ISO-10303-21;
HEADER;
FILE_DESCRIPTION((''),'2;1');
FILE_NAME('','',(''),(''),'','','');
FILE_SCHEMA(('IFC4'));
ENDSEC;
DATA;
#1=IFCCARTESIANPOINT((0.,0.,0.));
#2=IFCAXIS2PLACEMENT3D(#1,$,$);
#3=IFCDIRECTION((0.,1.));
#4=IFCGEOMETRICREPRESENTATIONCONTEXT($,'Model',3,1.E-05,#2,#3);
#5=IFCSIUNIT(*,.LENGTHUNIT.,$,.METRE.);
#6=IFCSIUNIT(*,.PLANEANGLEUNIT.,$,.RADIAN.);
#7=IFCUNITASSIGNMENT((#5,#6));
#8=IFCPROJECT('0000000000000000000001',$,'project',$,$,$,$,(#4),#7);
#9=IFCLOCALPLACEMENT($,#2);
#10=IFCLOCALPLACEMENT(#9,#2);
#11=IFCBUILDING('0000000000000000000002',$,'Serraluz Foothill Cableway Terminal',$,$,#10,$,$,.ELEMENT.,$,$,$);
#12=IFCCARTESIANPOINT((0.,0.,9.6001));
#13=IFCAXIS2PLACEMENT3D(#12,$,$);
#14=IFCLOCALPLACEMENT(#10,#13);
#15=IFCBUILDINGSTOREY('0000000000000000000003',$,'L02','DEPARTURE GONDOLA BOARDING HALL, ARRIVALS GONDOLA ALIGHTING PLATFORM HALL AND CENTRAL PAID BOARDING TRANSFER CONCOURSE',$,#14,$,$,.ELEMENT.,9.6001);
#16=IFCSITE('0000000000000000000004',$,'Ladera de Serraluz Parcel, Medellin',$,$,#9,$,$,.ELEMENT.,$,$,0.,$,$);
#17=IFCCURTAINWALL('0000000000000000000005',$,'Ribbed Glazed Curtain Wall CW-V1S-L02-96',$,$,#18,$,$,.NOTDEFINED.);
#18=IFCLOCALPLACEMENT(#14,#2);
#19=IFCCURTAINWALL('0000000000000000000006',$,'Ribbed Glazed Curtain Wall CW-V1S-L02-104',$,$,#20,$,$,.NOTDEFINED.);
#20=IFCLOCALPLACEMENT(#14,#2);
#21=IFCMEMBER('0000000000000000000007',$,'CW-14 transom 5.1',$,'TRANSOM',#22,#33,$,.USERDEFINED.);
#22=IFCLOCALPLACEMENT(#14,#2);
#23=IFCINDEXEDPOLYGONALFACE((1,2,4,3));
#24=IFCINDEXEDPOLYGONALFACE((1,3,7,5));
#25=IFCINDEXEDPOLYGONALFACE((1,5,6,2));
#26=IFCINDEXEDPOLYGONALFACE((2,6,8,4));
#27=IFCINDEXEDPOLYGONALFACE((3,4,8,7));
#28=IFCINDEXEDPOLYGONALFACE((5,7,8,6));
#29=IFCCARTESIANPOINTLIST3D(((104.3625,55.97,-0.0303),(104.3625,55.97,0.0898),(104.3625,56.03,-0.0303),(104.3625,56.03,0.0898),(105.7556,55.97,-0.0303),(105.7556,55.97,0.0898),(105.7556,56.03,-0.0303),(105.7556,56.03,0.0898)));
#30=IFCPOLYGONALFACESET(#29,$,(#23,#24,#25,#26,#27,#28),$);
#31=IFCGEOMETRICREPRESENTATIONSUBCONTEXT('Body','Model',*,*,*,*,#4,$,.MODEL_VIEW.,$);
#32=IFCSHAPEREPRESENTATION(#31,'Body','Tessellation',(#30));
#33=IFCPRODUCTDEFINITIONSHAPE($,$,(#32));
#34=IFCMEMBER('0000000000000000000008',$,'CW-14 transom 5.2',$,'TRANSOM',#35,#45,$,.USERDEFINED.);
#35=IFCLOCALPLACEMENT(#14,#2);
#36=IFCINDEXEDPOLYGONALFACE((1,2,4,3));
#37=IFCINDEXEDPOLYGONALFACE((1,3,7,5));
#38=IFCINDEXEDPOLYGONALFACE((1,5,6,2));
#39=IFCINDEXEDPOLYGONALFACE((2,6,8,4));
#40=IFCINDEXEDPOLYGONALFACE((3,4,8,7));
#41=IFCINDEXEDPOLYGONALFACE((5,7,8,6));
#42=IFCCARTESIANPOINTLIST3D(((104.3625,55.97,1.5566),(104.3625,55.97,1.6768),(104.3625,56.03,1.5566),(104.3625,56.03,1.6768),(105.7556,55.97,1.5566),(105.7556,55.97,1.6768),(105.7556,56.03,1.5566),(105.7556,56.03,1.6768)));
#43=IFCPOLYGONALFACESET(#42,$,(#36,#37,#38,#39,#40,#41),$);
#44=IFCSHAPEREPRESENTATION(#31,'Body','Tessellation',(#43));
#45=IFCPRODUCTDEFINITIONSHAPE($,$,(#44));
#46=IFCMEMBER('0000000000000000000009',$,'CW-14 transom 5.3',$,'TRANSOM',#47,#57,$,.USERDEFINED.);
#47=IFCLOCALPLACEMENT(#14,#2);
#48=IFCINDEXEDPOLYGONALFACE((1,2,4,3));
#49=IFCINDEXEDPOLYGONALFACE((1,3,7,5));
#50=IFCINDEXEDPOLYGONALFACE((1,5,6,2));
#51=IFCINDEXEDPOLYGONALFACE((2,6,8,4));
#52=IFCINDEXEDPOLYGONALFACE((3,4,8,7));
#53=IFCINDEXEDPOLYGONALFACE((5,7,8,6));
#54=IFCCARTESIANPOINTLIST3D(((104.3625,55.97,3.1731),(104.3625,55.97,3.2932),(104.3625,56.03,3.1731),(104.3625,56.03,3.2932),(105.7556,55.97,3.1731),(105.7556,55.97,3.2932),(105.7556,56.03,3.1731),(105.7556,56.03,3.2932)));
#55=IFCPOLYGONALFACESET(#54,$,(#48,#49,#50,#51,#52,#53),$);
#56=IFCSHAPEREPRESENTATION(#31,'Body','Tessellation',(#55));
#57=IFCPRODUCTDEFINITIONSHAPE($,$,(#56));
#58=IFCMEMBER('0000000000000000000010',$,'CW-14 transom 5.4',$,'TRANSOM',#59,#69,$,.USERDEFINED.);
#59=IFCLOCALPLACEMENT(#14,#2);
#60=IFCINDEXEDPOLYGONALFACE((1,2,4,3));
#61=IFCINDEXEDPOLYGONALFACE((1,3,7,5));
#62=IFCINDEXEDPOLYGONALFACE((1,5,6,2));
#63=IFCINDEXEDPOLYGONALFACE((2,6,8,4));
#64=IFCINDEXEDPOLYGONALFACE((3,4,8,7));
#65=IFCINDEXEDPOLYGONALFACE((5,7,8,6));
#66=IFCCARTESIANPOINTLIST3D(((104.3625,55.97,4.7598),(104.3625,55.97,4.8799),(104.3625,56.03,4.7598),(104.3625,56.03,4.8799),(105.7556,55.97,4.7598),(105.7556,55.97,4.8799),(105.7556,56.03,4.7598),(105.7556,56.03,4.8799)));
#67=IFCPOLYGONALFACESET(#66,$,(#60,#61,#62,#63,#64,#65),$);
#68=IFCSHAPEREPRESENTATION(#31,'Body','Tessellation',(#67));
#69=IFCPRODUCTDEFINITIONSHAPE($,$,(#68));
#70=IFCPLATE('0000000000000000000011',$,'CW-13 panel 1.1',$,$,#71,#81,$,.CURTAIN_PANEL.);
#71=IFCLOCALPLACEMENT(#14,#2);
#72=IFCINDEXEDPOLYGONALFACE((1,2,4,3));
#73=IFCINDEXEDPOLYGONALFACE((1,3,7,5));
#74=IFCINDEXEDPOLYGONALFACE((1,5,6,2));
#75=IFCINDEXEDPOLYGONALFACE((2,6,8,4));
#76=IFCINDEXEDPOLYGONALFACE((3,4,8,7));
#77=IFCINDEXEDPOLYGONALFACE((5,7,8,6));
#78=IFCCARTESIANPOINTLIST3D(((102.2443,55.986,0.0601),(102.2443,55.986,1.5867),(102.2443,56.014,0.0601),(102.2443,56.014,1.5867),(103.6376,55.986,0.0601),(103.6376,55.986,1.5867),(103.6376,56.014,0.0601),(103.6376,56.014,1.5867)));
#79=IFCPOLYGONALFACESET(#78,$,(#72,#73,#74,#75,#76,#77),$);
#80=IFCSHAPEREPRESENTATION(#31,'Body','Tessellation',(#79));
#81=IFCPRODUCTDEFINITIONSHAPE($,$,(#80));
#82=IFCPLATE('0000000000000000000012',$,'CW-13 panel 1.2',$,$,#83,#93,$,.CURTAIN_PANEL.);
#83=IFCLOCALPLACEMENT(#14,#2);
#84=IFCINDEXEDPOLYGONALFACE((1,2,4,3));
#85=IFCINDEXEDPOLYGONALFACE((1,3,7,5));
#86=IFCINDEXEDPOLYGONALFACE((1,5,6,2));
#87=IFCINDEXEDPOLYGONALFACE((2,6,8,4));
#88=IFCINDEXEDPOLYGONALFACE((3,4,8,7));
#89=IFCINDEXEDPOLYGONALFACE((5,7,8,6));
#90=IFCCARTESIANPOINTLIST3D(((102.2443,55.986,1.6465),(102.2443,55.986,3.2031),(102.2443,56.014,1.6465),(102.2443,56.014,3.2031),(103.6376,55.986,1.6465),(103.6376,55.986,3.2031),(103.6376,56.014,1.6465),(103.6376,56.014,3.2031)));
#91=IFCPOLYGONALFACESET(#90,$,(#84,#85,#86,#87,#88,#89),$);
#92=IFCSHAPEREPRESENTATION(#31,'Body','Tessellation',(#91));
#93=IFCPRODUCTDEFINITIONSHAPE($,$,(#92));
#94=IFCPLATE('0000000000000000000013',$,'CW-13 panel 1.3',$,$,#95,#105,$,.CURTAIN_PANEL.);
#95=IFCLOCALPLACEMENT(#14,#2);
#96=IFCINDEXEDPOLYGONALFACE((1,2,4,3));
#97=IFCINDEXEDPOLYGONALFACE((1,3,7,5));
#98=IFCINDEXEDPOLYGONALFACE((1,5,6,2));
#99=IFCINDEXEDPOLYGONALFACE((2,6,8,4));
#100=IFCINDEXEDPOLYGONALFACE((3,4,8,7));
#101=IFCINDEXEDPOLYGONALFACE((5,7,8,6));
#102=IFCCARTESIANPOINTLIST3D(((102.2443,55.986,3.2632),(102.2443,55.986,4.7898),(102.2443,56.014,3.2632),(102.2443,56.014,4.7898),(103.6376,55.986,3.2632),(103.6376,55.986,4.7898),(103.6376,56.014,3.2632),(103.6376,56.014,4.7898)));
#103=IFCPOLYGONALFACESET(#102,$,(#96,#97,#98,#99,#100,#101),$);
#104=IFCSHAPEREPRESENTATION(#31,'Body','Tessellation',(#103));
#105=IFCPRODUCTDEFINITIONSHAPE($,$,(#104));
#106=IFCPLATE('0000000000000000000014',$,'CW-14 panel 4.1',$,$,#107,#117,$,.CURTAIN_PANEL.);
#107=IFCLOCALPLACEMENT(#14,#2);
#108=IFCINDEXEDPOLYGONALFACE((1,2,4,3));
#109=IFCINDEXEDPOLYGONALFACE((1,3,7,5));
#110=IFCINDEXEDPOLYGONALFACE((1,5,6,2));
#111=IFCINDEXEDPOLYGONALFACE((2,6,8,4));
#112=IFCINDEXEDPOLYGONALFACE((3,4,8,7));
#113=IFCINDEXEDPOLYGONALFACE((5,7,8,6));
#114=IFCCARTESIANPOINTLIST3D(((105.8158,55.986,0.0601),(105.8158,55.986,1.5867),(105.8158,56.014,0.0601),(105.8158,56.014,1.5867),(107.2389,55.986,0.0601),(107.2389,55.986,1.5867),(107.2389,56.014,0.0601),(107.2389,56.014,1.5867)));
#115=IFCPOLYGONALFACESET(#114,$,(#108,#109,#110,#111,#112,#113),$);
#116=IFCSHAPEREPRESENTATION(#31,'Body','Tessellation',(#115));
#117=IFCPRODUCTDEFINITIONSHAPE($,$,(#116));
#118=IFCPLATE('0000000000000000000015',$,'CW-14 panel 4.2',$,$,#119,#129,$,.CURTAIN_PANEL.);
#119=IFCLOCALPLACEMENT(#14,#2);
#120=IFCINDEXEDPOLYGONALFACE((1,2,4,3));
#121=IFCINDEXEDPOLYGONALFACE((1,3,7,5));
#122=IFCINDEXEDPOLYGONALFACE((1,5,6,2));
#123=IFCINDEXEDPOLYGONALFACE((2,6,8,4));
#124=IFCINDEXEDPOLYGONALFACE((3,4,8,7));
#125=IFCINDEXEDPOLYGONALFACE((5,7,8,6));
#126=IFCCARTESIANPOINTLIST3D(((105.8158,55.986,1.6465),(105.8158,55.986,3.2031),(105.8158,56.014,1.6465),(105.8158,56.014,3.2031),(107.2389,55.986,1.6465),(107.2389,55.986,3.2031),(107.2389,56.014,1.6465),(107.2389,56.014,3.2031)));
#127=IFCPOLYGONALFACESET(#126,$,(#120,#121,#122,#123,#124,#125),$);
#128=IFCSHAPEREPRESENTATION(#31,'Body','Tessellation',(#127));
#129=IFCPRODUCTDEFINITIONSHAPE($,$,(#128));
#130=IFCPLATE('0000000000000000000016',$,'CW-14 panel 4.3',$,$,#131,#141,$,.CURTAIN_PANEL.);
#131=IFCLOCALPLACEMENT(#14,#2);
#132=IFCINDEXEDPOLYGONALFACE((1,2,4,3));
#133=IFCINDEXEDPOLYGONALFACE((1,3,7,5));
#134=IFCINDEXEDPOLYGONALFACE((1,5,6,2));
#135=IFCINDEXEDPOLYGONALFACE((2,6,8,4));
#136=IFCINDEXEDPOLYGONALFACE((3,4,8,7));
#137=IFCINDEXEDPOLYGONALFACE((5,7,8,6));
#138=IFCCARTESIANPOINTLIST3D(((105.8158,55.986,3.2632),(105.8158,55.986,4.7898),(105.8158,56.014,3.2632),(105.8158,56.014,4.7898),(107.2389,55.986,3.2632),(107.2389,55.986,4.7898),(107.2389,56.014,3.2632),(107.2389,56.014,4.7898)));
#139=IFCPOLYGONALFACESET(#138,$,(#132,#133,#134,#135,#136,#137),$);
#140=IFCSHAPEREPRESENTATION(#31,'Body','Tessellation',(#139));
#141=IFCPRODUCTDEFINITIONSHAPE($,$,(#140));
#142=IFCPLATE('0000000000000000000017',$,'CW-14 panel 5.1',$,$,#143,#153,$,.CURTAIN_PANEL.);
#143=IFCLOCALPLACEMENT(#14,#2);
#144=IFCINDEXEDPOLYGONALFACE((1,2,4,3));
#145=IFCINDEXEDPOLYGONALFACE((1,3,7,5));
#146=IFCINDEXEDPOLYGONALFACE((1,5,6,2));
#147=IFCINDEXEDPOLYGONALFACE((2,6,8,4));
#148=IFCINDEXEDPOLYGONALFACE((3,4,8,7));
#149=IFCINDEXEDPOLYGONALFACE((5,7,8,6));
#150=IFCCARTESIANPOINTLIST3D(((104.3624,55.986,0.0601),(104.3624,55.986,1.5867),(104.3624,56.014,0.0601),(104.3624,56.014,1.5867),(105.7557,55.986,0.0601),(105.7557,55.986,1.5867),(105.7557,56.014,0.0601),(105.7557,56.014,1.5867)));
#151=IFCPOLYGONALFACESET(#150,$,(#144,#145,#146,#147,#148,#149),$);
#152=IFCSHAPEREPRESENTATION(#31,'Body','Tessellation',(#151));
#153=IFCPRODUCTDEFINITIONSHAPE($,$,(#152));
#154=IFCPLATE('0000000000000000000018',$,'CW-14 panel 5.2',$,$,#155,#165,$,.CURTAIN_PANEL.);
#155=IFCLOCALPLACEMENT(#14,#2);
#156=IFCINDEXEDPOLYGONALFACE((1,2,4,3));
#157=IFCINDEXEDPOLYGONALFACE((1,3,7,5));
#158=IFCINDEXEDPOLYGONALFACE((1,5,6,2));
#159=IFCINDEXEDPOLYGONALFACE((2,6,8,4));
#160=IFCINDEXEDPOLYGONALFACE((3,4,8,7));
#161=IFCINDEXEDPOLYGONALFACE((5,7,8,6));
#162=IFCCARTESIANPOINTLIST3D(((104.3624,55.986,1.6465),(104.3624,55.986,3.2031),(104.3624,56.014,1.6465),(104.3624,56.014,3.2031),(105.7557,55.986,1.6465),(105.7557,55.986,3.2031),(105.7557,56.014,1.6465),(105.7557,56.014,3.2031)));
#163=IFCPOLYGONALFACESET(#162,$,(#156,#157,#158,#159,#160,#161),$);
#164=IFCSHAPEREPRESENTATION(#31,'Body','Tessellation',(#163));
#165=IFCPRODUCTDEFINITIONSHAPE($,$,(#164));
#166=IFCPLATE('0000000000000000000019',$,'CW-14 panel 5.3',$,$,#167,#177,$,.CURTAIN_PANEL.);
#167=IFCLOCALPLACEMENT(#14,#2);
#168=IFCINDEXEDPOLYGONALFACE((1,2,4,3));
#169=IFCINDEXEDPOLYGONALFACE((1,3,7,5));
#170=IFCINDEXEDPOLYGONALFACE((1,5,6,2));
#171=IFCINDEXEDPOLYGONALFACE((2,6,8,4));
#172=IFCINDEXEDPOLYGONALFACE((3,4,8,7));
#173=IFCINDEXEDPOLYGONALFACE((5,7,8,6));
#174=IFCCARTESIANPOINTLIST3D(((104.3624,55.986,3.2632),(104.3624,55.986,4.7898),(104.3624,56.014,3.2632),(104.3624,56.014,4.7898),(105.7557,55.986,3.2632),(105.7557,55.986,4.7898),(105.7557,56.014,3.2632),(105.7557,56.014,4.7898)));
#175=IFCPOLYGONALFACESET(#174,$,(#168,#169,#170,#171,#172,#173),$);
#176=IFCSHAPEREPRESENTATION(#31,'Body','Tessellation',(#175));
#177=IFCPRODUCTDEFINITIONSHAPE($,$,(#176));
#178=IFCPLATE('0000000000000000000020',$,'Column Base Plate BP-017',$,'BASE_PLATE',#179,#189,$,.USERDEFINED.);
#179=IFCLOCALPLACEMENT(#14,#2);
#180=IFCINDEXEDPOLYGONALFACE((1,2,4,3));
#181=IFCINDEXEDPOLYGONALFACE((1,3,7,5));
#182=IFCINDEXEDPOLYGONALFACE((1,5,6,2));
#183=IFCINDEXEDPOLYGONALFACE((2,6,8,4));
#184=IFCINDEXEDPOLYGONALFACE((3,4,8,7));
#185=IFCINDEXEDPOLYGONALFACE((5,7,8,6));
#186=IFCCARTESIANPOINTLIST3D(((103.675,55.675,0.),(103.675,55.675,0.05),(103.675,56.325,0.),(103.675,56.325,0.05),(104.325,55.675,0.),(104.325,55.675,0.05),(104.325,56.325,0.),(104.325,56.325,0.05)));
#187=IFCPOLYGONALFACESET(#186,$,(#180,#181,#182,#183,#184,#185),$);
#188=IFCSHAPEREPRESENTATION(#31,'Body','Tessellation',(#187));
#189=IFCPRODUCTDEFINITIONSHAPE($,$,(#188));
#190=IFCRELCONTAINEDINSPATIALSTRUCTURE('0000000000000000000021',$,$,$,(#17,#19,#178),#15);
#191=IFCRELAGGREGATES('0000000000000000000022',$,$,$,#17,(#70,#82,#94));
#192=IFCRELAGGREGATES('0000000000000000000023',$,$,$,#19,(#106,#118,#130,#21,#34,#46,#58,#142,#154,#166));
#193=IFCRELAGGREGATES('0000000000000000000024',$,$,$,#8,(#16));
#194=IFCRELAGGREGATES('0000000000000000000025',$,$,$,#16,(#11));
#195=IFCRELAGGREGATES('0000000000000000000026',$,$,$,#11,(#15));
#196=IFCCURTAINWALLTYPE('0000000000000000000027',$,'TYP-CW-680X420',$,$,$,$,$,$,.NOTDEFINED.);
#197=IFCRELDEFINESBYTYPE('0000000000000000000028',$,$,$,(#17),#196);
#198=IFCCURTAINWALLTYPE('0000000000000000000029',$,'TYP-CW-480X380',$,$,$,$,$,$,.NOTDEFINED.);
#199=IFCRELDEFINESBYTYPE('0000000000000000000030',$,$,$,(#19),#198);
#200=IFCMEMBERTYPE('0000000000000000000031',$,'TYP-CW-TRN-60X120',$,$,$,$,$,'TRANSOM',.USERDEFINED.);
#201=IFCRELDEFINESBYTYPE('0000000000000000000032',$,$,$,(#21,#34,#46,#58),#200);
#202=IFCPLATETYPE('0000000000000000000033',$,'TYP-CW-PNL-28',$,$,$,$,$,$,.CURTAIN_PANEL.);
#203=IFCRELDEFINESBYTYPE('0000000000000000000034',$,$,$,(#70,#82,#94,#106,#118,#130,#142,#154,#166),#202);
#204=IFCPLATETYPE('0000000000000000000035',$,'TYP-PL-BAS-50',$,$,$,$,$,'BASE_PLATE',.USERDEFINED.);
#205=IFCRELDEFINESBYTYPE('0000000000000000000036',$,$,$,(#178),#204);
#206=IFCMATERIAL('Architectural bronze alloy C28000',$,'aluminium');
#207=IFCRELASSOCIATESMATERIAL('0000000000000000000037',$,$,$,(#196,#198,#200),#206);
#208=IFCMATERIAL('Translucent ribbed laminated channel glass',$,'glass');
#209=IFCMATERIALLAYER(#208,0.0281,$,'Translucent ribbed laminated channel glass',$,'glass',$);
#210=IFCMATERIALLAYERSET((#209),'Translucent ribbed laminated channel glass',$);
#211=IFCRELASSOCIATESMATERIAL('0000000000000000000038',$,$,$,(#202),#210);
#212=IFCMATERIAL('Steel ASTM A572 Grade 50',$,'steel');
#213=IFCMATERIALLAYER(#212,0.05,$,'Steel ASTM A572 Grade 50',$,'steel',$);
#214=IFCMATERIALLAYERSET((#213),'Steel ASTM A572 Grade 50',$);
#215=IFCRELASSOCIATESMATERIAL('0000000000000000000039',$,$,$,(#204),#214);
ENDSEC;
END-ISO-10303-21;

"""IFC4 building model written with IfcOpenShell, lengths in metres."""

from ifc_helpers import new_model, si_unit, direction, frame, origin, origin_2d, place, context, subcontext, project, spatial, rectangle, extrude, material, layer, layer_set, material_profile, profile_set, type_object, element, aggregate, save


model = new_model("IFC4")

# Units and contexts
model_context = context("Model", 3, precision=1e-05, world=origin(), true_north=direction((0.0, 1.0)))
body_context = subcontext(model_context, "Body", "Model", "MODEL_VIEW")
ifc_project = project(units=[si_unit("LENGTHUNIT", "METRE"), si_unit("PLANEANGLEUNIT", "RADIAN")], contexts=[model_context])

# Site, building, storey
site_placement = place(None, origin())
site = spatial("IfcSite", under=ifc_project, at=site_placement, Name="Ladera de Serraluz Parcel, Medellin", CompositionType="ELEMENT", RefElevation=0.0)
building_placement = place(site_placement, origin())
building = spatial("IfcBuilding", under=site, at=building_placement, Name="Serraluz Foothill Cableway Terminal", CompositionType="ELEMENT")
storey_placement = place(building_placement, frame((0.0, 0.0, 9.6001)))
storey = spatial("IfcBuildingStorey", under=building, at=storey_placement, Name="L02", Description="DEPARTURE GONDOLA BOARDING HALL, ARRIVALS GONDOLA ALIGHTING PLATFORM HALL AND CENTRAL PAID BOARDING TRANSFER CONCOURSE", CompositionType="ELEMENT", Elevation=9.6001)

# Curtain walls
ifc_material_1 = material(Name="Architectural bronze alloy C28000", Category="aluminium")
curtain_wall_type_1 = type_object("IfcCurtainWallType", Name="TYP-CW-680X420", PredefinedType="NOTDEFINED", material=ifc_material_1)
curtain_wall_1_placement = place(storey_placement, origin())
curtain_wall_1 = element("IfcCurtainWall", 1, at=curtain_wall_1_placement, inside=storey, type_object=curtain_wall_type_1, Name="Ribbed Glazed Curtain Wall CW-V1S-L02-96", PredefinedType="NOTDEFINED")
curtain_wall_type_2 = type_object("IfcCurtainWallType", Name="TYP-CW-480X380", PredefinedType="NOTDEFINED", material=ifc_material_1)
curtain_wall_2_placement = place(storey_placement, origin())
curtain_wall_2 = element("IfcCurtainWall", 2, at=curtain_wall_2_placement, inside=storey, type_object=curtain_wall_type_2, Name="Ribbed Glazed Curtain Wall CW-V1S-L02-104", PredefinedType="NOTDEFINED")

# Members
ifc_material_profile_1 = material_profile(ifc_material_1, rectangle(XDim=0.0601, YDim=0.1201, at=origin_2d()), Name="ALU TRANSOM 60x120")
ifc_profile_set_1 = profile_set([ifc_material_profile_1], Name="Architectural bronze alloy C28000")
member_type_1 = type_object("IfcMemberType", Name="TYP-CW-TRN-60X120", ElementType="TRANSOM", PredefinedType="USERDEFINED", material=ifc_profile_set_1)
member_1_placement = place(storey_placement, frame((105.7556, 56.0, 0.0298), z_axis=(-1.0, 0.0, 0.0), x_axis=(0.0, -1.0, 0.0)))
member_1 = element("IfcMember", 3, at=member_1_placement, type_object=member_type_1, Name="CW-14 transom 5.1", ObjectType="TRANSOM", PredefinedType="USERDEFINED", context=body_context, shape_type="SweptSolid", body=[
    extrude(rectangle(XDim=0.0601, YDim=0.1201, at=origin_2d()), origin(), (0.0, 0.0, 1.0), 1.3931),
])
member_2_placement = place(storey_placement, frame((105.7556, 56.0, 1.6167), z_axis=(-1.0, 0.0, 0.0), x_axis=(0.0, -1.0, 0.0)))
member_2 = element("IfcMember", 4, at=member_2_placement, type_object=member_type_1, Name="CW-14 transom 5.2", ObjectType="TRANSOM", PredefinedType="USERDEFINED", context=body_context, shape_type="SweptSolid", body=[
    extrude(rectangle(XDim=0.0601, YDim=0.1201, at=origin_2d()), origin(), (0.0, 0.0, 1.0), 1.3931),
])
member_3_placement = place(storey_placement, frame((105.7556, 56.0, 3.2332), z_axis=(-1.0, 0.0, 0.0), x_axis=(0.0, -1.0, 0.0)))
member_3 = element("IfcMember", 5, at=member_3_placement, type_object=member_type_1, Name="CW-14 transom 5.3", ObjectType="TRANSOM", PredefinedType="USERDEFINED", context=body_context, shape_type="SweptSolid", body=[
    extrude(rectangle(XDim=0.0601, YDim=0.1201, at=origin_2d()), origin(), (0.0, 0.0, 1.0), 1.3931),
])
member_4_placement = place(storey_placement, frame((105.7556, 56.0, 4.8198), z_axis=(-1.0, 0.0, 0.0), x_axis=(0.0, -1.0, 0.0)))
member_4 = element("IfcMember", 6, at=member_4_placement, type_object=member_type_1, Name="CW-14 transom 5.4", ObjectType="TRANSOM", PredefinedType="USERDEFINED", context=body_context, shape_type="SweptSolid", body=[
    extrude(rectangle(XDim=0.0601, YDim=0.1201, at=origin_2d()), origin(), (0.0, 0.0, 1.0), 1.3931),
])

# Plates
ifc_material_2 = material(Name="Translucent ribbed laminated channel glass", Category="glass")
ifc_layer_1 = layer(ifc_material_2, 0.0281, Name="Translucent ribbed laminated channel glass", Category="glass")
ifc_layer_set_1 = layer_set([ifc_layer_1], Name="Translucent ribbed laminated channel glass")
plate_type_1 = type_object("IfcPlateType", Name="TYP-CW-PNL-28", PredefinedType="CURTAIN_PANEL", material=ifc_layer_set_1)
plate_1_placement = place(storey_placement, frame((102.9409, 56.0, 0.0601), z_axis=(0.0, 0.0, 1.0), x_axis=(-1.0, 0.0, 0.0)))
plate_1 = element("IfcPlate", 7, at=plate_1_placement, type_object=plate_type_1, Name="CW-13 panel 1.1", PredefinedType="CURTAIN_PANEL", context=body_context, shape_type="SweptSolid", body=[
    extrude(rectangle(XDim=1.3933, YDim=0.0281, at=origin_2d()), origin(), (0.0, 0.0, 1.0), 1.5266),
])
plate_2_placement = place(storey_placement, frame((102.9409, 56.0, 1.6465), z_axis=(0.0, 0.0, 1.0), x_axis=(-1.0, 0.0, 0.0)))
plate_2 = element("IfcPlate", 8, at=plate_2_placement, type_object=plate_type_1, Name="CW-13 panel 1.2", PredefinedType="CURTAIN_PANEL", context=body_context, shape_type="SweptSolid", body=[
    extrude(rectangle(XDim=1.3933, YDim=0.0281, at=origin_2d()), origin(), (0.0, 0.0, 1.0), 1.5566),
])
plate_3_placement = place(storey_placement, frame((102.9409, 56.0, 3.2632), z_axis=(0.0, 0.0, 1.0), x_axis=(-1.0, 0.0, 0.0)))
plate_3 = element("IfcPlate", 9, at=plate_3_placement, type_object=plate_type_1, Name="CW-13 panel 1.3", PredefinedType="CURTAIN_PANEL", context=body_context, shape_type="SweptSolid", body=[
    extrude(rectangle(XDim=1.3933, YDim=0.0281, at=origin_2d()), origin(), (0.0, 0.0, 1.0), 1.5266),
])
aggregate(curtain_wall_1, [plate_1, plate_2, plate_3])
plate_4_placement = place(storey_placement, frame((106.5273, 56.0, 0.0601), z_axis=(0.0, 0.0, 1.0), x_axis=(-1.0, 0.0, 0.0)))
plate_4 = element("IfcPlate", 10, at=plate_4_placement, type_object=plate_type_1, Name="CW-14 panel 4.1", PredefinedType="CURTAIN_PANEL", context=body_context, shape_type="SweptSolid", body=[
    extrude(rectangle(XDim=1.4231, YDim=0.0281, at=origin_2d()), origin(), (0.0, 0.0, 1.0), 1.5266),
])
plate_5_placement = place(storey_placement, frame((106.5273, 56.0, 1.6465), z_axis=(0.0, 0.0, 1.0), x_axis=(-1.0, 0.0, 0.0)))
plate_5 = element("IfcPlate", 11, at=plate_5_placement, type_object=plate_type_1, Name="CW-14 panel 4.2", PredefinedType="CURTAIN_PANEL", context=body_context, shape_type="SweptSolid", body=[
    extrude(rectangle(XDim=1.4231, YDim=0.0281, at=origin_2d()), origin(), (0.0, 0.0, 1.0), 1.5566),
])
plate_6_placement = place(storey_placement, frame((106.5273, 56.0, 3.2632), z_axis=(0.0, 0.0, 1.0), x_axis=(-1.0, 0.0, 0.0)))
plate_6 = element("IfcPlate", 12, at=plate_6_placement, type_object=plate_type_1, Name="CW-14 panel 4.3", PredefinedType="CURTAIN_PANEL", context=body_context, shape_type="SweptSolid", body=[
    extrude(rectangle(XDim=1.4231, YDim=0.0281, at=origin_2d()), origin(), (0.0, 0.0, 1.0), 1.5266),
])
plate_7_placement = place(storey_placement, frame((105.0591, 56.0, 0.0601), z_axis=(0.0, 0.0, 1.0), x_axis=(-1.0, 0.0, 0.0)))
plate_7 = element("IfcPlate", 13, at=plate_7_placement, type_object=plate_type_1, Name="CW-14 panel 5.1", PredefinedType="CURTAIN_PANEL", context=body_context, shape_type="SweptSolid", body=[
    extrude(rectangle(XDim=1.3933, YDim=0.0281, at=origin_2d()), origin(), (0.0, 0.0, 1.0), 1.5266),
])
plate_8_placement = place(storey_placement, frame((105.0591, 56.0, 1.6465), z_axis=(0.0, 0.0, 1.0), x_axis=(-1.0, 0.0, 0.0)))
plate_8 = element("IfcPlate", 14, at=plate_8_placement, type_object=plate_type_1, Name="CW-14 panel 5.2", PredefinedType="CURTAIN_PANEL", context=body_context, shape_type="SweptSolid", body=[
    extrude(rectangle(XDim=1.3933, YDim=0.0281, at=origin_2d()), origin(), (0.0, 0.0, 1.0), 1.5566),
])
plate_9_placement = place(storey_placement, frame((105.0591, 56.0, 3.2632), z_axis=(0.0, 0.0, 1.0), x_axis=(-1.0, 0.0, 0.0)))
plate_9 = element("IfcPlate", 15, at=plate_9_placement, type_object=plate_type_1, Name="CW-14 panel 5.3", PredefinedType="CURTAIN_PANEL", context=body_context, shape_type="SweptSolid", body=[
    extrude(rectangle(XDim=1.3933, YDim=0.0281, at=origin_2d()), origin(), (0.0, 0.0, 1.0), 1.5266),
])
aggregate(curtain_wall_2, [plate_4, plate_5, plate_6, member_1, member_2, member_3, member_4, plate_7, plate_8, plate_9])
ifc_material_3 = material(Name="Steel ASTM A572 Grade 50", Category="steel")
ifc_layer_2 = layer(ifc_material_3, 0.05, Name="Steel ASTM A572 Grade 50", Category="steel")
ifc_layer_set_2 = layer_set([ifc_layer_2], Name="Steel ASTM A572 Grade 50")
plate_type_2 = type_object("IfcPlateType", Name="TYP-PL-BAS-50", ElementType="BASE_PLATE", PredefinedType="USERDEFINED", material=ifc_layer_set_2)
plate_10_placement = place(storey_placement, frame((104.0, 56.0, 0.0), z_axis=(0.0, 0.0, 1.0), x_axis=(1.0, 0.0, 0.0)))
element("IfcPlate", 16, at=plate_10_placement, inside=storey, type_object=plate_type_2, Name="Column Base Plate BP-017", ObjectType="BASE_PLATE", PredefinedType="USERDEFINED", context=body_context, shape_type="SweptSolid", body=[
    extrude(rectangle(XDim=0.6499, YDim=0.6499, at=origin_2d()), origin(), (0.0, 0.0, 1.0), 0.05),
])

save(model, "model.ifc")
